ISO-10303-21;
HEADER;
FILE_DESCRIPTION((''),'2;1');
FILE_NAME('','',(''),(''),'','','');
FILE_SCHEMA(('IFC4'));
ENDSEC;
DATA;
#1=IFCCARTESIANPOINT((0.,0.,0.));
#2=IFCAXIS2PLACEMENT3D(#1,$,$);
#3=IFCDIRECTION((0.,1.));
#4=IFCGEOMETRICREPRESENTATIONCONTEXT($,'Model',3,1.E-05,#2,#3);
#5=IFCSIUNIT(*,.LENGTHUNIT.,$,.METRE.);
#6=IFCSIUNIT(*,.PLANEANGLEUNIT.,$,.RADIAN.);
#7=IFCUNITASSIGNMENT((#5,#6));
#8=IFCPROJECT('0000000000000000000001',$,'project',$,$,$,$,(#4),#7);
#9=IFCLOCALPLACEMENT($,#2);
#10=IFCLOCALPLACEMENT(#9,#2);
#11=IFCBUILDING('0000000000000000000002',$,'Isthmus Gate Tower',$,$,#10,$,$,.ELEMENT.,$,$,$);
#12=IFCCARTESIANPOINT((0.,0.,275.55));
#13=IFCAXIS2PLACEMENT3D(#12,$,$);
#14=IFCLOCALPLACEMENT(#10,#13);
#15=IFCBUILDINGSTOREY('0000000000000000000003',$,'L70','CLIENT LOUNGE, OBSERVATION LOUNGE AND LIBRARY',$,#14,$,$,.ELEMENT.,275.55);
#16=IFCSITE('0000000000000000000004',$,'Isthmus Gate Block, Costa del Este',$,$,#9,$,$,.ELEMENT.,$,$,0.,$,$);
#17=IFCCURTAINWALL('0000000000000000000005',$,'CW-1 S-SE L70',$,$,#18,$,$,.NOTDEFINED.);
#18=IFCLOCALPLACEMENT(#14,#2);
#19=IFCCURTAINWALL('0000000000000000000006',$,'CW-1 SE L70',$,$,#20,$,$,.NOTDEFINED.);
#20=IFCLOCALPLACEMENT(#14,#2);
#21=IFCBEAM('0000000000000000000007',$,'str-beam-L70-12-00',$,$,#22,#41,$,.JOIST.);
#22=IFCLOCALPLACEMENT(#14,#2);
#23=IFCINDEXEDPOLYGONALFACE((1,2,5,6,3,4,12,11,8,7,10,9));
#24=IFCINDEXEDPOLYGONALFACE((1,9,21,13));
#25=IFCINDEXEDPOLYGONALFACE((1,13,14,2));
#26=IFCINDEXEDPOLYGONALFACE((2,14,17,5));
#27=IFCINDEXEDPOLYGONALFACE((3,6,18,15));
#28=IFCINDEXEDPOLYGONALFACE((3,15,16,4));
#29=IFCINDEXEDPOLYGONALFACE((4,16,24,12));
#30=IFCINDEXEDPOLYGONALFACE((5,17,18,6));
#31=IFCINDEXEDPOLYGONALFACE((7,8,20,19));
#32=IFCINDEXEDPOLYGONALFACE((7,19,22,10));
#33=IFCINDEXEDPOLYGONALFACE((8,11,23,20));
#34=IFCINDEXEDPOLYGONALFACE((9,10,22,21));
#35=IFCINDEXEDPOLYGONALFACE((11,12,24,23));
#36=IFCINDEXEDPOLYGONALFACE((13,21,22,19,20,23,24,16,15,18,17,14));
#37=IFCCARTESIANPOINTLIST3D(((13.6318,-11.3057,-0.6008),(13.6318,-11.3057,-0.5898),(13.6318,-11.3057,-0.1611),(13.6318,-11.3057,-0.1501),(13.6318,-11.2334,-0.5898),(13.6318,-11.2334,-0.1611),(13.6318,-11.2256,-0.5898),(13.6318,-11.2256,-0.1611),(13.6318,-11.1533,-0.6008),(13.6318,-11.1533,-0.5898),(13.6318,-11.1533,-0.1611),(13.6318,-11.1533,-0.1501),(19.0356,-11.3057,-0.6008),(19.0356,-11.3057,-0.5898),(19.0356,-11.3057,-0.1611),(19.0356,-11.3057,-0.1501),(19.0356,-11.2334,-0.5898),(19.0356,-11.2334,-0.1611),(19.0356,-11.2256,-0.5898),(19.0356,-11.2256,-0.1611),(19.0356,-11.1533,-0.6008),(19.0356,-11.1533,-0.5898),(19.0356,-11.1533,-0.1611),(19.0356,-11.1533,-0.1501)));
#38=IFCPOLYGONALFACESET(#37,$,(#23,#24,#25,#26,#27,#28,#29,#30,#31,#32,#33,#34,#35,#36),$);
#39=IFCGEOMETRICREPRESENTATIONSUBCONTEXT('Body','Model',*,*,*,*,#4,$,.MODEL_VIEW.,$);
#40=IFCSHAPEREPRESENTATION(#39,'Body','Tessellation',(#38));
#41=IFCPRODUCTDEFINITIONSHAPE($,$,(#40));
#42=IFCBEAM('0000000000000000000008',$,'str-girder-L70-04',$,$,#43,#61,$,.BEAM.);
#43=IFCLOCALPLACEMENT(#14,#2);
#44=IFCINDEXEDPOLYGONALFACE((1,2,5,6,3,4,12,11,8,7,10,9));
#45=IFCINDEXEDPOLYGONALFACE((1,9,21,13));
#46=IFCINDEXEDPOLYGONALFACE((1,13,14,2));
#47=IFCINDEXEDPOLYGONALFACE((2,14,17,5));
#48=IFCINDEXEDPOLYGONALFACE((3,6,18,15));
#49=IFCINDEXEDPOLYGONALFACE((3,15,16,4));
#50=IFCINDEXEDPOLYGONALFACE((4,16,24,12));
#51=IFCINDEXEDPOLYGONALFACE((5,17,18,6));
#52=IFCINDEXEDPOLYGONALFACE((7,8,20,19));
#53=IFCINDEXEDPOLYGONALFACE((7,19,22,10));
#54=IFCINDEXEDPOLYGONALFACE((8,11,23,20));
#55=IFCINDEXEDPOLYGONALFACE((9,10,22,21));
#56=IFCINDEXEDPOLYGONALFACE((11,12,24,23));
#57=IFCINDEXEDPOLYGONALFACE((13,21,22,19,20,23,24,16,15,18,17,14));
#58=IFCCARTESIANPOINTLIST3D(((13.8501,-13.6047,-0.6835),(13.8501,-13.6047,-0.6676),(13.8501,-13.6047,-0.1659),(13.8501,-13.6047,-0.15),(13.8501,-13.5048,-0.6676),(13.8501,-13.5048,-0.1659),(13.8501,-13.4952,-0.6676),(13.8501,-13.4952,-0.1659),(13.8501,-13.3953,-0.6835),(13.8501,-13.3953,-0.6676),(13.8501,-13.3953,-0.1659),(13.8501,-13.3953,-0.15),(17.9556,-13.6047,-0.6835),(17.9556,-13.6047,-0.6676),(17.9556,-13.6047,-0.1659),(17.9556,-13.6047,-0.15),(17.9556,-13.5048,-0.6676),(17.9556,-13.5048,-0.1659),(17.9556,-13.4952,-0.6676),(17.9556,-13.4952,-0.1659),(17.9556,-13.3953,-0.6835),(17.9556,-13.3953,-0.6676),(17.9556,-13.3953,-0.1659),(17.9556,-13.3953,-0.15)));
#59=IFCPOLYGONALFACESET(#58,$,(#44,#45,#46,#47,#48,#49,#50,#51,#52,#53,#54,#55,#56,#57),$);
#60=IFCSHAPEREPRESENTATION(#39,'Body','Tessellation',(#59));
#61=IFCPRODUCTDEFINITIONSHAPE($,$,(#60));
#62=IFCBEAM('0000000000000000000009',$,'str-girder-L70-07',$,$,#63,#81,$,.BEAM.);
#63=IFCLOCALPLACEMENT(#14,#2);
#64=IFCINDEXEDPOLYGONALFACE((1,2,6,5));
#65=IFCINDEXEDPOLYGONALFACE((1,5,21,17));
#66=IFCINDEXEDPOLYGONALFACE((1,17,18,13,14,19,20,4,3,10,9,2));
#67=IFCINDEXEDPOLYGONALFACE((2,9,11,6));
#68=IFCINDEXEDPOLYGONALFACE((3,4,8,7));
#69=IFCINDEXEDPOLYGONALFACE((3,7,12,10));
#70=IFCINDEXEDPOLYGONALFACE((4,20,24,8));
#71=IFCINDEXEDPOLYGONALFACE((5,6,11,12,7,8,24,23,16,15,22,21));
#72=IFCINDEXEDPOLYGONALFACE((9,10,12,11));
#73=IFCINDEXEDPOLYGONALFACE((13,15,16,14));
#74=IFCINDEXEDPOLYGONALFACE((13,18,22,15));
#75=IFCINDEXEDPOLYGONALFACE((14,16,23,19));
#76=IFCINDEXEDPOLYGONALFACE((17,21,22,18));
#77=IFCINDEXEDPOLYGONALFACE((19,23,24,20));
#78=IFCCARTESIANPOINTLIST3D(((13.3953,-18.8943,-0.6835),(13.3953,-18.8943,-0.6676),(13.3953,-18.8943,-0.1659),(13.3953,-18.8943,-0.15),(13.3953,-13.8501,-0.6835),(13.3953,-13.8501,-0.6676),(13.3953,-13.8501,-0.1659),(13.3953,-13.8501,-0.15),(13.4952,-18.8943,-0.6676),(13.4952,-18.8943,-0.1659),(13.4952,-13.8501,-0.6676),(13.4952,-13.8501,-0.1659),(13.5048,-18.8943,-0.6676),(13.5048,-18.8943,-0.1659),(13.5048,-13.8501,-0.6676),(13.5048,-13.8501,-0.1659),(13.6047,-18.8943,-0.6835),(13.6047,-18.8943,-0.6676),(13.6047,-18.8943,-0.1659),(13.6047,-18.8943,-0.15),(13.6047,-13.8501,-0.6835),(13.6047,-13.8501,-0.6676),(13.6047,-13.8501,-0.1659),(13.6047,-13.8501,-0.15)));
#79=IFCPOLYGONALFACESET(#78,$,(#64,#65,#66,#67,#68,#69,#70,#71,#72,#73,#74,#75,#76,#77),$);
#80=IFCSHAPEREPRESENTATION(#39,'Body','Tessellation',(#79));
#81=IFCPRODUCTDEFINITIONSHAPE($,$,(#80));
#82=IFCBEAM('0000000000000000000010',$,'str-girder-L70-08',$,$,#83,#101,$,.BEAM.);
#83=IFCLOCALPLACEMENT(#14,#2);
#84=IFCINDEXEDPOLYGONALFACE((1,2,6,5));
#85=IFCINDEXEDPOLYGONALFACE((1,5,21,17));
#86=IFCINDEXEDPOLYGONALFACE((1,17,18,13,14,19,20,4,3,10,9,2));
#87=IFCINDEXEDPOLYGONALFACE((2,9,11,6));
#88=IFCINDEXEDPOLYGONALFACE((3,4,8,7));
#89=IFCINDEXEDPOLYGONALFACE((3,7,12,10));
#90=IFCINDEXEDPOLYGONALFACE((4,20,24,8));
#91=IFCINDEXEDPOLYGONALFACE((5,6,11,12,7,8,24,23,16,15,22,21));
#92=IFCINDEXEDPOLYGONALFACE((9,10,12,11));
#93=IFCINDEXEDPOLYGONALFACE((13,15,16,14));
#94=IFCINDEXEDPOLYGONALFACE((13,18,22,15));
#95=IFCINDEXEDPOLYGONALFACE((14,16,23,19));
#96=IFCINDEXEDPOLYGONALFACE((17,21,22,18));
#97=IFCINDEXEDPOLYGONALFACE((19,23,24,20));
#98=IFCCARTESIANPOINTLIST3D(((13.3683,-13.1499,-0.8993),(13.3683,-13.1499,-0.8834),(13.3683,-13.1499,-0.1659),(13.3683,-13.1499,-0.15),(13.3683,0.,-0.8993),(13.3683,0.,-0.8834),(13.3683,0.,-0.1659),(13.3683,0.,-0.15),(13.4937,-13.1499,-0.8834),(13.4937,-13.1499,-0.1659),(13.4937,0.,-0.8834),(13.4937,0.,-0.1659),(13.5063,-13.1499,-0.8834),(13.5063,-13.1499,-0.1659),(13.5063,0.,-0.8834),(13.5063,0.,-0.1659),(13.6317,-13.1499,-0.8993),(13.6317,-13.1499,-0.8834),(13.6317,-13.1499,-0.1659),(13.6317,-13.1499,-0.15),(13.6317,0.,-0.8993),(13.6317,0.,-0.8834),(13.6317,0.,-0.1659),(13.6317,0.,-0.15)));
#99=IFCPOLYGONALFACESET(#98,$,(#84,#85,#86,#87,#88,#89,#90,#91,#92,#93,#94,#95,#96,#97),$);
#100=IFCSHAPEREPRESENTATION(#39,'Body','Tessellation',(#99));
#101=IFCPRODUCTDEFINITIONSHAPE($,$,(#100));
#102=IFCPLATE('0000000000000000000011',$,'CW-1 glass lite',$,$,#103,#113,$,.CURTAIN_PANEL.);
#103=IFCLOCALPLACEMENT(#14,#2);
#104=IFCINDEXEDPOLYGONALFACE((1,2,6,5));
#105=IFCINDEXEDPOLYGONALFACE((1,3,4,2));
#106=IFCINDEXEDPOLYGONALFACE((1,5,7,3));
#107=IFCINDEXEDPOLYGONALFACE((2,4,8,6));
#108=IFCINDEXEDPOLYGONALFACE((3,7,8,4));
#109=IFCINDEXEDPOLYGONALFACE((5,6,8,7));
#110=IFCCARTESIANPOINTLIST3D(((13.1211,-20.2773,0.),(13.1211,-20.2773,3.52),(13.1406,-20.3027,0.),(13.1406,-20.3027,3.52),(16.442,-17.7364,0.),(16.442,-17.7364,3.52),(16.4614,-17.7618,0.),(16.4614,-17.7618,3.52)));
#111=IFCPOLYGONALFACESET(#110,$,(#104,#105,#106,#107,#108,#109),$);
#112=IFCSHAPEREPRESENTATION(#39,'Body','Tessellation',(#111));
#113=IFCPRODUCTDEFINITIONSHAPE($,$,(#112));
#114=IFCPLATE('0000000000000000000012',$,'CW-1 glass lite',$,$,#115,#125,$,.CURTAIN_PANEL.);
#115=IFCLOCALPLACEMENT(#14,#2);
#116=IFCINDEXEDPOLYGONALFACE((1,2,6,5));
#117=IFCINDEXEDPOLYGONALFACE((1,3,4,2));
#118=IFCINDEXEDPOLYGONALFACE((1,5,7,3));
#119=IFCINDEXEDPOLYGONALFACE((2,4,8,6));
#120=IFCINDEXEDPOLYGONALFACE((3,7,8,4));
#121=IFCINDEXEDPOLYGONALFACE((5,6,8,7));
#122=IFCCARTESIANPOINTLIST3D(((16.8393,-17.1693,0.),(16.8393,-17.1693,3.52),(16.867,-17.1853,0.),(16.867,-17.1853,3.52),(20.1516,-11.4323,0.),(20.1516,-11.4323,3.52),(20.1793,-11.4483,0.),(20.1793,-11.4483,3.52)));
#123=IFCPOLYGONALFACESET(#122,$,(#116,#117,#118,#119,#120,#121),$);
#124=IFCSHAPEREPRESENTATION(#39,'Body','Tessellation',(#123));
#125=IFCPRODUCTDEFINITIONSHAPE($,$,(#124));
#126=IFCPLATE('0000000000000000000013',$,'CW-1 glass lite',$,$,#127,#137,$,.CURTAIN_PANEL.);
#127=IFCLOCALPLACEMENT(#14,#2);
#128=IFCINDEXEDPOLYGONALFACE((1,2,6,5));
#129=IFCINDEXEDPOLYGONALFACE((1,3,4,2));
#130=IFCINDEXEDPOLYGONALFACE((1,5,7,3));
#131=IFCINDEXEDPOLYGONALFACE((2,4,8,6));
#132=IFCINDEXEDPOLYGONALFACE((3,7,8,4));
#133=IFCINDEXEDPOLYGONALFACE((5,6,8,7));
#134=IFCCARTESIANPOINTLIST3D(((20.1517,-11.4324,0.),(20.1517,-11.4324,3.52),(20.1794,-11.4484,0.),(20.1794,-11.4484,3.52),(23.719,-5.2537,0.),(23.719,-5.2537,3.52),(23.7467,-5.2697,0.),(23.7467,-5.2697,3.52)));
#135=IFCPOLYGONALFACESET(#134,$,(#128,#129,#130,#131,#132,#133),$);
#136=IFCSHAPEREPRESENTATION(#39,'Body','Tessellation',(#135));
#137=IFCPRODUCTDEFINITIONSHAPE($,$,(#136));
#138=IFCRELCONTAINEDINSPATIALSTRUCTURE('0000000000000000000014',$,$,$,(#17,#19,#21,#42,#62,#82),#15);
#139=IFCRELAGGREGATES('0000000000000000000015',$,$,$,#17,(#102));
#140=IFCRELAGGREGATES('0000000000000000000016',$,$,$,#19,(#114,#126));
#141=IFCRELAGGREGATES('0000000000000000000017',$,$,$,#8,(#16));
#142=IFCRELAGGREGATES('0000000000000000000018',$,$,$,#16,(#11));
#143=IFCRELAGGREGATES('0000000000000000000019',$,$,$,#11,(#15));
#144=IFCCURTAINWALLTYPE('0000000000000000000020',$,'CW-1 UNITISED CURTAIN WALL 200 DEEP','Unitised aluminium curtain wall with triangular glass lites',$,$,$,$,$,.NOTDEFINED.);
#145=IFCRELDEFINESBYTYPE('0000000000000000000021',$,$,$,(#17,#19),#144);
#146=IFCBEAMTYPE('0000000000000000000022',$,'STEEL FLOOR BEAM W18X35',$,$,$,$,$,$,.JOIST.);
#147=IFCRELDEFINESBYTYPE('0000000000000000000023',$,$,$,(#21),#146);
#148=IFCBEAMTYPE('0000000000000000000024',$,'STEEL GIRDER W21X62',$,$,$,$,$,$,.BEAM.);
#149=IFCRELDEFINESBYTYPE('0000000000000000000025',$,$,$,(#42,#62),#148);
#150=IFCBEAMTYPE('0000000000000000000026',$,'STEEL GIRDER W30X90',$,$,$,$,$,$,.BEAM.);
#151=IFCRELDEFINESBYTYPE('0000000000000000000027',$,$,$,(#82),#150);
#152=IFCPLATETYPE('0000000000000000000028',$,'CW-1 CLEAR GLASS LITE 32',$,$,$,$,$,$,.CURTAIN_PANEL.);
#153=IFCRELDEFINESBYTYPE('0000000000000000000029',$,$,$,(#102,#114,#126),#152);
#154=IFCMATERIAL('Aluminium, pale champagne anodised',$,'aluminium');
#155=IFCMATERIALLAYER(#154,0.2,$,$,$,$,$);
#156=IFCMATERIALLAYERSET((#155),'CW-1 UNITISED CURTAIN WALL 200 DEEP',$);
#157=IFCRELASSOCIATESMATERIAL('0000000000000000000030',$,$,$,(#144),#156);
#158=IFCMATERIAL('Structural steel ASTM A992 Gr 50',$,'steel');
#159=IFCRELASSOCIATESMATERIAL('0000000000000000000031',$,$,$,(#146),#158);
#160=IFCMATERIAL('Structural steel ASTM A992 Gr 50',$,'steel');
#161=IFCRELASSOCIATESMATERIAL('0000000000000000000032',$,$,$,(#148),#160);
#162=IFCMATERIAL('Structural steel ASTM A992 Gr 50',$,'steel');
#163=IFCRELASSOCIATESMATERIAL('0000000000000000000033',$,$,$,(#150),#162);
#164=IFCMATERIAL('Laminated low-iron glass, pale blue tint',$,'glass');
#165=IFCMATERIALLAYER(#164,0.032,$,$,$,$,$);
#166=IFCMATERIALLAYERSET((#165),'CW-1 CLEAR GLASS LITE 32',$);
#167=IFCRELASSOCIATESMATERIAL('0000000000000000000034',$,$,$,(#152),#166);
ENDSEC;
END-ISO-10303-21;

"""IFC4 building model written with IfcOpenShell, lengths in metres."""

from ifc_helpers import new_model, si_unit, direction, frame, origin, origin_2d, place, context, subcontext, project, spatial, rectangle, i_section, extrude, material, layer, layer_set, material_profile, profile_set, type_object, element, aggregate, save


model = new_model("IFC4")

# Units and contexts
model_context = context("Model", 3, precision=1e-05, world=origin(), true_north=direction((0.0, 1.0)))
body_context = subcontext(model_context, "Body", "Model", "MODEL_VIEW")
ifc_project = project(units=[si_unit("LENGTHUNIT", "METRE"), si_unit("PLANEANGLEUNIT", "RADIAN")], contexts=[model_context])

# Site, building, storey
site_placement = place(None, origin())
site = spatial("IfcSite", under=ifc_project, at=site_placement, Name="Isthmus Gate Block, Costa del Este", CompositionType="ELEMENT", RefElevation=0.0)
building_placement = place(site_placement, origin())
building = spatial("IfcBuilding", under=site, at=building_placement, Name="Isthmus Gate Tower", CompositionType="ELEMENT")
storey_placement = place(building_placement, frame((0.0, 0.0, 275.55)))
storey = spatial("IfcBuildingStorey", under=building, at=storey_placement, Name="L70", Description="CLIENT LOUNGE, OBSERVATION LOUNGE AND LIBRARY", CompositionType="ELEMENT", Elevation=275.55)

# Curtain walls
ifc_material_1 = material(Name="Aluminium, pale champagne anodised", Category="aluminium")
ifc_layer_1 = layer(ifc_material_1, 0.2)
ifc_layer_set_1 = layer_set([ifc_layer_1], Name="CW-1 UNITISED CURTAIN WALL 200 DEEP")
curtain_wall_type = type_object("IfcCurtainWallType", Name="CW-1 UNITISED CURTAIN WALL 200 DEEP", Description="Unitised aluminium curtain wall with triangular glass lites", PredefinedType="NOTDEFINED", material=ifc_layer_set_1)
curtain_wall_1_placement = place(storey_placement, origin())
curtain_wall_1 = element("IfcCurtainWall", 1, at=curtain_wall_1_placement, inside=storey, type_object=curtain_wall_type, Name="CW-1 S-SE L70", PredefinedType="NOTDEFINED")
curtain_wall_2_placement = place(storey_placement, origin())
curtain_wall_2 = element("IfcCurtainWall", 2, at=curtain_wall_2_placement, inside=storey, type_object=curtain_wall_type, Name="CW-1 SE L70", PredefinedType="NOTDEFINED")

# Beams
ifc_material_2 = material(Name="Structural steel ASTM A992 Gr 50", Category="steel")
ifc_material_profile_1 = material_profile(ifc_material_2, i_section(OverallWidth=0.1523, OverallDepth=0.4507, WebThickness=0.0078, FlangeThickness=0.011, at=origin_2d()), Name="W18X35")
ifc_profile_set_1 = profile_set([ifc_material_profile_1], Name="Structural steel ASTM A992 Gr 50")
beam_type_1 = type_object("IfcBeamType", Name="STEEL FLOOR BEAM W18X35", PredefinedType="JOIST", material=ifc_profile_set_1)
beam_1_placement = place(storey_placement, frame((13.6318, -11.2295, -0.3755), z_axis=(1.0, 0.0, 0.0), x_axis=(0.0, 1.0, 0.0)))
element("IfcBeam", 3, at=beam_1_placement, inside=storey, type_object=beam_type_1, Name="str-beam-L70-12-00", PredefinedType="JOIST", context=body_context, shape_type="SweptSolid", body=[
    extrude(i_section(OverallWidth=0.1523, OverallDepth=0.4507, WebThickness=0.0078, FlangeThickness=0.011, at=origin_2d()), origin(), (0.0, 0.0, 1.0), 5.4038),
])
ifc_material_3 = material(Name="Structural steel ASTM A992 Gr 50", Category="steel")
ifc_material_profile_2 = material_profile(ifc_material_3, i_section(OverallWidth=0.2095, OverallDepth=0.5334, WebThickness=0.0095, FlangeThickness=0.0159, at=origin_2d()), Name="W21X62")
ifc_profile_set_2 = profile_set([ifc_material_profile_2], Name="Structural steel ASTM A992 Gr 50")
beam_type_2 = type_object("IfcBeamType", Name="STEEL GIRDER W21X62", PredefinedType="BEAM", material=ifc_profile_set_2)
beam_2_placement = place(storey_placement, frame((13.8501, -13.5, -0.4167), z_axis=(1.0, 0.0, 0.0), x_axis=(0.0, 1.0, 0.0)))
element("IfcBeam", 4, at=beam_2_placement, inside=storey, type_object=beam_type_2, Name="str-girder-L70-04", PredefinedType="BEAM", context=body_context, shape_type="SweptSolid", body=[
    extrude(i_section(OverallWidth=0.2095, OverallDepth=0.5334, WebThickness=0.0095, FlangeThickness=0.0159, at=origin_2d()), origin(), (0.0, 0.0, 1.0), 4.1055),
])
beam_3_placement = place(storey_placement, frame((13.5, -18.8943, -0.4167), z_axis=(0.0, 1.0, 0.0), x_axis=(-1.0, 0.0, 0.0)))
element("IfcBeam", 5, at=beam_3_placement, inside=storey, type_object=beam_type_2, Name="str-girder-L70-07", PredefinedType="BEAM", context=body_context, shape_type="SweptSolid", body=[
    extrude(i_section(OverallWidth=0.2095, OverallDepth=0.5334, WebThickness=0.0095, FlangeThickness=0.0159, at=origin_2d()), origin(), (0.0, 0.0, 1.0), 5.0442),
])
ifc_material_4 = material(Name="Structural steel ASTM A992 Gr 50", Category="steel")
ifc_material_profile_3 = material_profile(ifc_material_4, i_section(OverallWidth=0.2634, OverallDepth=0.7493, WebThickness=0.0127, FlangeThickness=0.0159, at=origin_2d()), Name="W30X90")
ifc_profile_set_3 = profile_set([ifc_material_profile_3], Name="Structural steel ASTM A992 Gr 50")
beam_type_3 = type_object("IfcBeamType", Name="STEEL GIRDER W30X90", PredefinedType="BEAM", material=ifc_profile_set_3)
beam_4_placement = place(storey_placement, frame((13.5, -13.1499, -0.5247), z_axis=(0.0, 1.0, 0.0), x_axis=(-1.0, 0.0, 0.0)))
element("IfcBeam", 6, at=beam_4_placement, inside=storey, type_object=beam_type_3, Name="str-girder-L70-08", PredefinedType="BEAM", context=body_context, shape_type="SweptSolid", body=[
    extrude(i_section(OverallWidth=0.2634, OverallDepth=0.7493, WebThickness=0.0127, FlangeThickness=0.0159, at=origin_2d()), origin(), (0.0, 0.0, 1.0), 13.1499),
])

# Plates
ifc_material_5 = material(Name="Laminated low-iron glass, pale blue tint", Category="glass")
ifc_layer_2 = layer(ifc_material_5, 0.032)
ifc_layer_set_2 = layer_set([ifc_layer_2], Name="CW-1 CLEAR GLASS LITE 32")
plate_type = type_object("IfcPlateType", Name="CW-1 CLEAR GLASS LITE 32", PredefinedType="CURTAIN_PANEL", material=ifc_layer_set_2)
plate_1_placement = place(storey_placement, frame((14.7913, -19.0195, 0.0), z_axis=(0.0, 0.0, 1.0), x_axis=(0.794189, 0.607671, 0.0)))
plate_1 = element("IfcPlate", 7, at=plate_1_placement, type_object=plate_type, Name="CW-1 glass lite", PredefinedType="CURTAIN_PANEL", context=body_context, shape_type="SweptSolid", body=[
    extrude(rectangle(XDim=4.1814, YDim=0.032, at=origin_2d()), origin(), (0.0, 0.0, 1.0), 3.52),
])
aggregate(curtain_wall_1, [plate_1])
plate_2_placement = place(storey_placement, frame((18.5093, -14.3088, 0.0), z_axis=(0.0, 0.0, 1.0), x_axis=(0.5, 0.866025, 0.0)))
plate_2 = element("IfcPlate", 8, at=plate_2_placement, type_object=plate_type, Name="CW-1 glass lite", PredefinedType="CURTAIN_PANEL", context=body_context, shape_type="SweptSolid", body=[
    extrude(rectangle(XDim=6.6245, YDim=0.032, at=origin_2d()), origin(), (0.0, 0.0, 1.0), 3.52),
])
plate_3_placement = place(storey_placement, frame((21.9492, -8.3511, 0.0), z_axis=(0.0, 0.0, 1.0), x_axis=(0.5, 0.866025, 0.0)))
plate_3 = element("IfcPlate", 9, at=plate_3_placement, type_object=plate_type, Name="CW-1 glass lite", PredefinedType="CURTAIN_PANEL", context=body_context, shape_type="SweptSolid", body=[
    extrude(rectangle(XDim=7.1345, YDim=0.032, at=origin_2d()), origin(), (0.0, 0.0, 1.0), 3.52),
])
aggregate(curtain_wall_2, [plate_2, plate_3])

save(model, "model.ifc")
